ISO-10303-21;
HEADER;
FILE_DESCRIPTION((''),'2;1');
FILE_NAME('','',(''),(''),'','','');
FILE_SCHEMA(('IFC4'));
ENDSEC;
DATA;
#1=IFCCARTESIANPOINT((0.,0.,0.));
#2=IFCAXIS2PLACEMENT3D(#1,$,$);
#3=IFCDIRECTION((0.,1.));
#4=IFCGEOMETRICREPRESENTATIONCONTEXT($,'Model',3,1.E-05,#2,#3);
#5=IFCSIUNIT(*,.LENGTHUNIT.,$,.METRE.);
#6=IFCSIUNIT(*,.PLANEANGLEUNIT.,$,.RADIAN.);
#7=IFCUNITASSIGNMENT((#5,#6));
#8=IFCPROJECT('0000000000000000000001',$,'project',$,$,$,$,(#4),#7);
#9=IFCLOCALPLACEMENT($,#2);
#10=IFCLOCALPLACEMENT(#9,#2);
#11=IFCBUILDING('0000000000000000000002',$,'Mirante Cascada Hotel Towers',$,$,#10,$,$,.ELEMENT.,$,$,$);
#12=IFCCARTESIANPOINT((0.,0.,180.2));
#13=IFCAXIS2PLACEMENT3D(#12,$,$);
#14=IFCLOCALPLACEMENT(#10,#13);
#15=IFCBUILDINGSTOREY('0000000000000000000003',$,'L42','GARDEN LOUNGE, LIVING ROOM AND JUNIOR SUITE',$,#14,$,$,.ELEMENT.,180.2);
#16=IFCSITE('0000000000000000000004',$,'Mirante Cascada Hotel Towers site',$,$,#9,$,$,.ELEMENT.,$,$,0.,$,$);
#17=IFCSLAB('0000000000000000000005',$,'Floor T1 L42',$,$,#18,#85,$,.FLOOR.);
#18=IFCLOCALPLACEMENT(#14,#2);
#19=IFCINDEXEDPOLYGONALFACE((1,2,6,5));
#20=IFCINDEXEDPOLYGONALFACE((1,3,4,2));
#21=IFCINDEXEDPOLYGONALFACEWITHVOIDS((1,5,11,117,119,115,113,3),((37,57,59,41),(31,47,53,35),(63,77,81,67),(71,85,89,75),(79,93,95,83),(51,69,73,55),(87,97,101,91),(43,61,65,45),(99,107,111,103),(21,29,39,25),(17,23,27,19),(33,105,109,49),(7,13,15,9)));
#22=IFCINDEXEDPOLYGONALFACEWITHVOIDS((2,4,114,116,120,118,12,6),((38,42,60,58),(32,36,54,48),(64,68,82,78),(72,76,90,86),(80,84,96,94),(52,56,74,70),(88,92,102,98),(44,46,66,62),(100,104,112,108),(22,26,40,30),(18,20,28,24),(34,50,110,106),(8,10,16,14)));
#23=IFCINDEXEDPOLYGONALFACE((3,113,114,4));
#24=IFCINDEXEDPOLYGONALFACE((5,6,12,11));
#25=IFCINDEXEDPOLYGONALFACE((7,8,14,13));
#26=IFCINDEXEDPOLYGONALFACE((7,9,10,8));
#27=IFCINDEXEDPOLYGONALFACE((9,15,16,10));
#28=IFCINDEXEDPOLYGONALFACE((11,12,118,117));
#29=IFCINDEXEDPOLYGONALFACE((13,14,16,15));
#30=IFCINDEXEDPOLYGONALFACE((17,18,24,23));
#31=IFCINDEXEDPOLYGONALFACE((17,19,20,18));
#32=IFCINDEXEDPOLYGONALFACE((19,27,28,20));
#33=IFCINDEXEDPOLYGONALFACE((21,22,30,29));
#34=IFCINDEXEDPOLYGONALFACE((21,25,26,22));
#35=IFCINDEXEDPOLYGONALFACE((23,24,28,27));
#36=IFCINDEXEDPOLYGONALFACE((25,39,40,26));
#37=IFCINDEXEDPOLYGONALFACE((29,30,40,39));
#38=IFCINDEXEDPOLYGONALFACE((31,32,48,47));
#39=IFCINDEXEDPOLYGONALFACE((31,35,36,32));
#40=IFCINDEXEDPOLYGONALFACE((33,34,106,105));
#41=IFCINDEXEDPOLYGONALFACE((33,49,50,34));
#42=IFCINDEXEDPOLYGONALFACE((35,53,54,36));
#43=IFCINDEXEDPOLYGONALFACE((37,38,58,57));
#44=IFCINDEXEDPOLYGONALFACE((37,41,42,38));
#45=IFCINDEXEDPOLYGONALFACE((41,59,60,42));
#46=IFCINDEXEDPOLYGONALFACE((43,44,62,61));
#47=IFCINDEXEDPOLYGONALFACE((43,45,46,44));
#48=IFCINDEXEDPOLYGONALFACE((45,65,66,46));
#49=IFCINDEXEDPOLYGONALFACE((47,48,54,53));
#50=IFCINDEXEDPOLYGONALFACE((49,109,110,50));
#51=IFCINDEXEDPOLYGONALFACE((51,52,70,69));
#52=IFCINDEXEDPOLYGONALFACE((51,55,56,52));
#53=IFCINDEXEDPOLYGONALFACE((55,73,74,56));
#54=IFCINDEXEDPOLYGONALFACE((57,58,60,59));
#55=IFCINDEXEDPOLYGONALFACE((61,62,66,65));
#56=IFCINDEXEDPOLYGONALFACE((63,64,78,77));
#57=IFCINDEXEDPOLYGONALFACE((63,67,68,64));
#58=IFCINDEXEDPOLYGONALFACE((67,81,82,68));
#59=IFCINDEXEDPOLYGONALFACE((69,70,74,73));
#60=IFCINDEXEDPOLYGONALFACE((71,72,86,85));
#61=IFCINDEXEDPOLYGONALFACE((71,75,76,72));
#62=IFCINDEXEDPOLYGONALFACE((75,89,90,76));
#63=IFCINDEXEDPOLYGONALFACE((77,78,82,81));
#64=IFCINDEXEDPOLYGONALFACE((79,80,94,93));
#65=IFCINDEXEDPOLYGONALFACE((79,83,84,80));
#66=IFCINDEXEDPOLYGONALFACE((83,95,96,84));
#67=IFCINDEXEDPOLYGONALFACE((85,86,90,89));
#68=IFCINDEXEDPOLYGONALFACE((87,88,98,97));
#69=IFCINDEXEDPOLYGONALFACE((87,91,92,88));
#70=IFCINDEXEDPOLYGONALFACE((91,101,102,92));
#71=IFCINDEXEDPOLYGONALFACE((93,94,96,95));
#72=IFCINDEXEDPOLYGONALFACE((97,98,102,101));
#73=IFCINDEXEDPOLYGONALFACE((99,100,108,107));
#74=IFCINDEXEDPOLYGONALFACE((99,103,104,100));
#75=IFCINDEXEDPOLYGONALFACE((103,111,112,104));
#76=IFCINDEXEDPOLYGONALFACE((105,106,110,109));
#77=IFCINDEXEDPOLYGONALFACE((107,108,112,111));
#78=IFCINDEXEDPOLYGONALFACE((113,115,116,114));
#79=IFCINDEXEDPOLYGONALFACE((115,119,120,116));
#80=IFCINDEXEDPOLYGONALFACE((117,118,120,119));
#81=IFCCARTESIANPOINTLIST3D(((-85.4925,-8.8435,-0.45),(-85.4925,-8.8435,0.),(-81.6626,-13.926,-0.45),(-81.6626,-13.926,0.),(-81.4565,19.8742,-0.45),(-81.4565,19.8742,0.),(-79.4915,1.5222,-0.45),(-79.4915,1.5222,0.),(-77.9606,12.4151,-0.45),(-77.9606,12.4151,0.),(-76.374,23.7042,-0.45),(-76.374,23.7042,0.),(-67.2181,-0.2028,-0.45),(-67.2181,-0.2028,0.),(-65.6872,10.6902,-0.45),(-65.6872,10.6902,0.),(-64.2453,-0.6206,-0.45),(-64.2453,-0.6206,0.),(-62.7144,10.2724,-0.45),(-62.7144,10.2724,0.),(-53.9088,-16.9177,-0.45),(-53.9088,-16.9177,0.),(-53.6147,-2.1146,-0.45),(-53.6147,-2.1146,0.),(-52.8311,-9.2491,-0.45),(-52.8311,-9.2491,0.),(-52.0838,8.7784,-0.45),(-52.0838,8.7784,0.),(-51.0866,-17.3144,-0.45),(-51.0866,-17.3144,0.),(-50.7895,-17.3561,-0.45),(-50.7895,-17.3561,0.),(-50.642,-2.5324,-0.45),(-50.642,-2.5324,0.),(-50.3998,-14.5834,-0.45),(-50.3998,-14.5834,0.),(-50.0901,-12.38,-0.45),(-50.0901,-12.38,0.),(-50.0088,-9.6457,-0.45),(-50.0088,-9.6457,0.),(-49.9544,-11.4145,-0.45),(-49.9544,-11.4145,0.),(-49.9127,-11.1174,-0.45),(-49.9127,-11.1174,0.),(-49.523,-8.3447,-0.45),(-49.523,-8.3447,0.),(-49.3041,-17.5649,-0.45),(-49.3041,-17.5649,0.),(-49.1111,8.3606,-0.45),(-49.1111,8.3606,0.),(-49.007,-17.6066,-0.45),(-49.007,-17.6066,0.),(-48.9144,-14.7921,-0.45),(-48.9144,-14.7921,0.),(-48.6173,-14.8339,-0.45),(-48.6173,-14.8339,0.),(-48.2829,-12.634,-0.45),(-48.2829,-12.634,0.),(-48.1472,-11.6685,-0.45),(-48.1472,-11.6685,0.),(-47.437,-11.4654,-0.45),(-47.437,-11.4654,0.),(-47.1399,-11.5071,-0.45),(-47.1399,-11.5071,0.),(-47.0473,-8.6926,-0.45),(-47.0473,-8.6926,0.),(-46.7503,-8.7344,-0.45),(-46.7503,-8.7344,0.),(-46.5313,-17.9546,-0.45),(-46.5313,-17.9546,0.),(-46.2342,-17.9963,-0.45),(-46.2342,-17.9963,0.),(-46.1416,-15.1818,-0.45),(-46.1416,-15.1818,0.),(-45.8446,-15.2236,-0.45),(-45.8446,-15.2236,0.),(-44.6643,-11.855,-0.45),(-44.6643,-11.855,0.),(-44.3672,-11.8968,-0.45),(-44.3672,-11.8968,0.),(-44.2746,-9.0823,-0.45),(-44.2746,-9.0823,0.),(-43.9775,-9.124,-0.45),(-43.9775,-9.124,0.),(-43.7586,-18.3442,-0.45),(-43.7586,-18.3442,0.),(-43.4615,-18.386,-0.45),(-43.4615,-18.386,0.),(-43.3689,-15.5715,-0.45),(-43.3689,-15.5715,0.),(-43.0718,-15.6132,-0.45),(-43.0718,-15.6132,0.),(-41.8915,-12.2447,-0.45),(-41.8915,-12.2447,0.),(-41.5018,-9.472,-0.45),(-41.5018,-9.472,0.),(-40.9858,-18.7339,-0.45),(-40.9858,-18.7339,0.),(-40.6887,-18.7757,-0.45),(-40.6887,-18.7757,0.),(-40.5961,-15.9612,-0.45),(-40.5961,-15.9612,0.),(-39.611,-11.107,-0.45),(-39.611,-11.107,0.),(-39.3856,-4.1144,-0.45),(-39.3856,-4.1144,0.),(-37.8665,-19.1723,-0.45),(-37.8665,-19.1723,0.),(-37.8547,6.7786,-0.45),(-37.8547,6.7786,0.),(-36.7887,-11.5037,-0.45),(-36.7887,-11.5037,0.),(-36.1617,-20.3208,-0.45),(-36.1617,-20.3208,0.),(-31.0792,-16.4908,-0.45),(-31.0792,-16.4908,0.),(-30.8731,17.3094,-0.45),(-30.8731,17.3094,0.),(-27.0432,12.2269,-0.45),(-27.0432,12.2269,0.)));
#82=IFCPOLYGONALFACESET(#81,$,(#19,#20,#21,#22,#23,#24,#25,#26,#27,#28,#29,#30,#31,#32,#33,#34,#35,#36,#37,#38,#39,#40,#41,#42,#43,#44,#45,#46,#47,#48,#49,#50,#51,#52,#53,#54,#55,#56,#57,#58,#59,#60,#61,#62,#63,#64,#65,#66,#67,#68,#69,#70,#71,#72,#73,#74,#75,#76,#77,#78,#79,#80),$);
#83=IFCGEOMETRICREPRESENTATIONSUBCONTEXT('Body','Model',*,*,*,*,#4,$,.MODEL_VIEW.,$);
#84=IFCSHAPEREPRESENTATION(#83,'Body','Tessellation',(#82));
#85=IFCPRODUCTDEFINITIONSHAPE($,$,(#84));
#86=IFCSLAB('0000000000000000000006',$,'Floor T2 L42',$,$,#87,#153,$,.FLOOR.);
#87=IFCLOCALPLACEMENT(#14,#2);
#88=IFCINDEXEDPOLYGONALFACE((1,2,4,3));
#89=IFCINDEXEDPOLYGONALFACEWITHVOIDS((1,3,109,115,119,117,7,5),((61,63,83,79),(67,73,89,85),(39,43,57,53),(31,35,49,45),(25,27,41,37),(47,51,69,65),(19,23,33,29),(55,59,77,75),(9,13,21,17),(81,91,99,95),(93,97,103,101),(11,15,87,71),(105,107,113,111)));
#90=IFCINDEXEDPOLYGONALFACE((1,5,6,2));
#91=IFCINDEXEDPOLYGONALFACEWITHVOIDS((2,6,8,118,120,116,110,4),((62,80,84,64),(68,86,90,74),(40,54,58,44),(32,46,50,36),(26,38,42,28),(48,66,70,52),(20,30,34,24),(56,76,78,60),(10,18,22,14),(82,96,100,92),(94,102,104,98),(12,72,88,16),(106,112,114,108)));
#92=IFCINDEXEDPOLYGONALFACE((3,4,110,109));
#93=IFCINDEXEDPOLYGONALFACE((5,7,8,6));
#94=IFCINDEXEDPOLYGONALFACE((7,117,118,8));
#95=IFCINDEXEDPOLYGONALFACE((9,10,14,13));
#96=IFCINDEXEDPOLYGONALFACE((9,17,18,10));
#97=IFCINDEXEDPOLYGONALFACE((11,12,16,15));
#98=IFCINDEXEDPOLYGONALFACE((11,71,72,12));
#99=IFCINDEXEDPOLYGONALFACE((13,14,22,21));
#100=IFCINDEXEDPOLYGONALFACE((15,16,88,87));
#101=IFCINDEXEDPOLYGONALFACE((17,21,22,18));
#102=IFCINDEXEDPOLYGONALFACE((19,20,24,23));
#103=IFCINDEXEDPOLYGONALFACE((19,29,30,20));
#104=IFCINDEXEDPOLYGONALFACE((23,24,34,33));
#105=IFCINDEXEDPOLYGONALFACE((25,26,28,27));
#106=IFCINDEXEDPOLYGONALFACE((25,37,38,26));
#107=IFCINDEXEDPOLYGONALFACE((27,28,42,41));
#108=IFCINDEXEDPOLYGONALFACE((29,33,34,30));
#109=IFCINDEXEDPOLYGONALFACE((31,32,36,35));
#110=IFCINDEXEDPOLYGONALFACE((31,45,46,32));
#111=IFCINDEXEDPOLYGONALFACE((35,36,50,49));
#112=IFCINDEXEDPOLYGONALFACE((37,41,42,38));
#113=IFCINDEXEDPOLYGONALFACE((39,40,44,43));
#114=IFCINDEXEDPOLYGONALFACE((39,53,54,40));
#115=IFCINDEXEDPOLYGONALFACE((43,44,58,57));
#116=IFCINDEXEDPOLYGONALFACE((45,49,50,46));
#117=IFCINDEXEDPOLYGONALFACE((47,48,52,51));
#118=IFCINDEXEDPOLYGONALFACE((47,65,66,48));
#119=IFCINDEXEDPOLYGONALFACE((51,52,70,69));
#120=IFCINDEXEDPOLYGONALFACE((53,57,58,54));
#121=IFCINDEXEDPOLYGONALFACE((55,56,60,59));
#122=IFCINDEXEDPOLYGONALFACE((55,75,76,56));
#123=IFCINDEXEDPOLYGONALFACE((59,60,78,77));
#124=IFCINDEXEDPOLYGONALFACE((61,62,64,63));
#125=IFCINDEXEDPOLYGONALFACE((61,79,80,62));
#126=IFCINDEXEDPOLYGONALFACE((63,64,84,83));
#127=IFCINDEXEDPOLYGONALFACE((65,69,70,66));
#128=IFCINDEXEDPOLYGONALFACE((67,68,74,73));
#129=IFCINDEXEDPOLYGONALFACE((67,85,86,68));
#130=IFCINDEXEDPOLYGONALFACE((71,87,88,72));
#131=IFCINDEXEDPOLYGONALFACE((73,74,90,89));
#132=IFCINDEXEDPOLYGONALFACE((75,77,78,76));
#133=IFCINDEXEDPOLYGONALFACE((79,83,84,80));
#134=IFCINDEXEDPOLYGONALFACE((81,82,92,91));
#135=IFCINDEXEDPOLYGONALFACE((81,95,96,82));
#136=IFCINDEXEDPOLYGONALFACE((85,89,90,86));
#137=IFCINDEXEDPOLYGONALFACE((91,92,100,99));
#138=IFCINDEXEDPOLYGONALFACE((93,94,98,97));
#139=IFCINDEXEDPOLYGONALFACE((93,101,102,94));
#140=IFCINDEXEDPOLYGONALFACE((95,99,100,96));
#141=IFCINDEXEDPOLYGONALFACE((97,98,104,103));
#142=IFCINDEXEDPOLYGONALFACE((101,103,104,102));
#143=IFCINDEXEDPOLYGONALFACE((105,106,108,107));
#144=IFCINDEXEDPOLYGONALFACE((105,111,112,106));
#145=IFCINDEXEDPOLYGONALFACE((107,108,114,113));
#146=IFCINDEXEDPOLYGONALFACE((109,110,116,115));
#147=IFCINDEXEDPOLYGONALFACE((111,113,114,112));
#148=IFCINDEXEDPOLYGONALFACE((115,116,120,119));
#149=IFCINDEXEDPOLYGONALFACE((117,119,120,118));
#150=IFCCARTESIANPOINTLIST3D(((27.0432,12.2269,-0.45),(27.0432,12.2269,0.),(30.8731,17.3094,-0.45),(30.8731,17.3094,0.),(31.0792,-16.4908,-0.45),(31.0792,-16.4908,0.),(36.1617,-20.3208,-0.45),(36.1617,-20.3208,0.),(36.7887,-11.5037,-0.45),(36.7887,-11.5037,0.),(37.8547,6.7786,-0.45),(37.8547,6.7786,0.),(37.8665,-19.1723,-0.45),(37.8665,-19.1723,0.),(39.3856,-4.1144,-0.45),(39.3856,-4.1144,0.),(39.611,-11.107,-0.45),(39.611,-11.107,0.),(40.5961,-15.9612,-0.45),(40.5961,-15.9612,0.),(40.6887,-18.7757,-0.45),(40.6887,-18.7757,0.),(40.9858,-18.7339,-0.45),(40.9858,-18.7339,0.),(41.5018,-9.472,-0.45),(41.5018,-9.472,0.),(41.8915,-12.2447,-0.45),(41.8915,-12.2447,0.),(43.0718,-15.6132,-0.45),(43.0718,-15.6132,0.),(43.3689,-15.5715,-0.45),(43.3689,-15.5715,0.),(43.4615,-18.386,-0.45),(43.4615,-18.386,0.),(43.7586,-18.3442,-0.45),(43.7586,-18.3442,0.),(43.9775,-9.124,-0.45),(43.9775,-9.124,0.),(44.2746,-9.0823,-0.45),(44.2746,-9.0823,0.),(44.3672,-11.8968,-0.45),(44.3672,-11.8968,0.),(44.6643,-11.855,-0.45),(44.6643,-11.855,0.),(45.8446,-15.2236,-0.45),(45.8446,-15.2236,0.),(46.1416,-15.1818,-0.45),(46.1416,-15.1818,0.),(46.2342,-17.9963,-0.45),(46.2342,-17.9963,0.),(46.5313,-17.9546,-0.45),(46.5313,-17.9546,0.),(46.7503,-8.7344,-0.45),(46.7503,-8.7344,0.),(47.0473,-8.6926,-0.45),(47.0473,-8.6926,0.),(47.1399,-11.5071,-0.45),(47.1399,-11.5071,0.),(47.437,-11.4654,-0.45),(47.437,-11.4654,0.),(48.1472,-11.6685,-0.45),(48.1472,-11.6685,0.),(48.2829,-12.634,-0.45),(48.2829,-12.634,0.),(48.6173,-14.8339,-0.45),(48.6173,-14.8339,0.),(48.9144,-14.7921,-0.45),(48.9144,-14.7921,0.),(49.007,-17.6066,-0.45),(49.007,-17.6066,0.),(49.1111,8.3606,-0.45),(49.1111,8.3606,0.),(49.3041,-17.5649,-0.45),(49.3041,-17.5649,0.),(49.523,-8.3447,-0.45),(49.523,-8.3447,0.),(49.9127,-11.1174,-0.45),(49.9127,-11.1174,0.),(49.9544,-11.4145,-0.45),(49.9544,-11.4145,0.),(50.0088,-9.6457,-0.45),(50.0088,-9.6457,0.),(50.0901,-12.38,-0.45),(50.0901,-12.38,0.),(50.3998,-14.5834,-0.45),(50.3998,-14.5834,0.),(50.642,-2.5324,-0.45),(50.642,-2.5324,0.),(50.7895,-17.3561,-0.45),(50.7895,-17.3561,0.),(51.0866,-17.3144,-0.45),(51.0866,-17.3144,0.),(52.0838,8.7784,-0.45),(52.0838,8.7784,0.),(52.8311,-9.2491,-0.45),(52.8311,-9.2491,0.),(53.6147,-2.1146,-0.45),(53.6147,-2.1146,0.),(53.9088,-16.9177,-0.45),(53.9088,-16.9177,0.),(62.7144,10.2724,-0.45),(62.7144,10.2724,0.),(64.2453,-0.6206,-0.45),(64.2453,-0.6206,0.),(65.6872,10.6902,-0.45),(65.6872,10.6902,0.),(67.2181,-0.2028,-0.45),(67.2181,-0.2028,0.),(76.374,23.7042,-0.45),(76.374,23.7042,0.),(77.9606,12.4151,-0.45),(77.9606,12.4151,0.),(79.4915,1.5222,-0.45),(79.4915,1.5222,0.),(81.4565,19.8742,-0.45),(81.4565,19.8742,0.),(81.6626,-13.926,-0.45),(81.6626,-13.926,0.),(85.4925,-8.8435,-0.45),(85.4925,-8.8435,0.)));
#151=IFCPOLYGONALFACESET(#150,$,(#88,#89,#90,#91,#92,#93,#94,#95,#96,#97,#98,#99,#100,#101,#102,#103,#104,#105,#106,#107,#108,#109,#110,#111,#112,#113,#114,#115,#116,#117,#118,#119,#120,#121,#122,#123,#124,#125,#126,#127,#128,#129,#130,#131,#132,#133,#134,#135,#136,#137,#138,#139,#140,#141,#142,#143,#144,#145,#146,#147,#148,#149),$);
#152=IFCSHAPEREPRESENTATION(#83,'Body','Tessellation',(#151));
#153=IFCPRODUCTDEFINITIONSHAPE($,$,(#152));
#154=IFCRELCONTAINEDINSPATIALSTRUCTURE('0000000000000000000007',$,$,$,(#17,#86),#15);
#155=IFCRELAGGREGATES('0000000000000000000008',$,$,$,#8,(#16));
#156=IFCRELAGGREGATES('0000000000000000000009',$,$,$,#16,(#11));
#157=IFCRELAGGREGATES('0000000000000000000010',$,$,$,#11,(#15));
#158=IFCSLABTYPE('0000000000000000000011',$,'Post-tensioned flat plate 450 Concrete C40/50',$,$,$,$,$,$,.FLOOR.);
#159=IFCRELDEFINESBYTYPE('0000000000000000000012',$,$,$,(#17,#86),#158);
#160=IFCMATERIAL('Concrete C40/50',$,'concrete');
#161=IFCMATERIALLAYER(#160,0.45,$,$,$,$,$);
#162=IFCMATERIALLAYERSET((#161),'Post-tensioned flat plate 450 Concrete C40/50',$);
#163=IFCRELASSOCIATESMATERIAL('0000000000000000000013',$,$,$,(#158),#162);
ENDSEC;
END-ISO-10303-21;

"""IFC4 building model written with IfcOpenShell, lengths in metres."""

from ifc_helpers import new_model, si_unit, direction, frame, origin, place, context, subcontext, project, spatial, polyline, outline, extrude, material, layer, layer_set, type_object, element, save


model = new_model("IFC4")

# Units and contexts
model_context = context("Model", 3, precision=1e-05, world=origin(), true_north=direction((0.0, 1.0)))
body_context = subcontext(model_context, "Body", "Model", "MODEL_VIEW")
ifc_project = project(units=[si_unit("LENGTHUNIT", "METRE"), si_unit("PLANEANGLEUNIT", "RADIAN")], contexts=[model_context])

# Site, building, storey
site_placement = place(None, origin())
site = spatial("IfcSite", under=ifc_project, at=site_placement, Name="Mirante Cascada Hotel Towers site", CompositionType="ELEMENT", RefElevation=0.0)
building_placement = place(site_placement, origin())
building = spatial("IfcBuilding", under=site, at=building_placement, Name="Mirante Cascada Hotel Towers", CompositionType="ELEMENT")
storey_placement = place(building_placement, frame((0.0, 0.0, 180.2)))
storey = spatial("IfcBuildingStorey", under=building, at=storey_placement, Name="L42", Description="GARDEN LOUNGE, LIVING ROOM AND JUNIOR SUITE", CompositionType="ELEMENT", Elevation=180.2)

# Slabs
ifc_material_1 = material(Name="Concrete C40/50", Category="concrete")
ifc_layer_1 = layer(ifc_material_1, 0.45)
ifc_layer_set_1 = layer_set([ifc_layer_1], Name="Post-tensioned flat plate 450 Concrete C40/50")
slab_type_1 = type_object("IfcSlabType", Name="Post-tensioned flat plate 450 Concrete C40/50", PredefinedType="FLOOR", material=ifc_layer_set_1)
slab_1_placement = place(storey_placement, frame((0.0, 0.0, -0.45)))
element("IfcSlab", 1, at=slab_1_placement, inside=storey, type_object=slab_type_1, Name="Floor T1 L42", PredefinedType="FLOOR", context=body_context, shape_type="SweptSolid", body=[
    extrude(outline(polyline([(-31.0792, -16.4908), (-27.0432, 12.2269), (-30.8731, 17.3094), (-76.374, 23.7042), (-76.374, 23.7042), (-76.374, 23.7042), (-76.374, 23.7042), (-76.374, 23.7042), (-76.374, 23.7042), (-76.374, 23.7042), (-76.374, 23.7042), (-76.374, 23.7042), (-81.4565, 19.8742), (-85.4925, -8.8435), (-81.6626, -13.926), (-81.6626, -13.926), (-81.6626, -13.926), (-81.6626, -13.926), (-81.6626, -13.926), (-81.6626, -13.926), (-81.6626, -13.926), (-81.6626, -13.926), (-81.6626, -13.926), (-36.1617, -20.3208), (-31.0792, -16.4908)]), holes=[polyline([(-40.5961, -15.9612), (-40.9858, -18.7339), (-43.4615, -18.386), (-43.0718, -15.6132), (-40.5961, -15.9612)]), polyline([(-43.3689, -15.5715), (-43.7586, -18.3442), (-46.2342, -17.9963), (-45.8446, -15.2236), (-43.3689, -15.5715)]), polyline([(-46.1416, -15.1818), (-46.5313, -17.9546), (-49.007, -17.6066), (-48.6173, -14.8339), (-46.1416, -15.1818)]), polyline([(-36.7887, -11.5037), (-37.8665, -19.1723), (-40.6887, -18.7757), (-39.611, -11.107), (-36.7887, -11.5037)]), polyline([(-43.9775, -9.124), (-41.5018, -9.472), (-41.8915, -12.2447), (-44.3672, -11.8968), (-43.9775, -9.124)]), polyline([(-44.2746, -9.0823), (-44.6643, -11.855), (-47.1399, -11.5071), (-46.7503, -8.7344), (-44.2746, -9.0823)]), polyline([(-50.3998, -14.5834), (-48.9144, -14.7921), (-49.3041, -17.5649), (-50.7895, -17.3561), (-50.3998, -14.5834)]), polyline([(-50.0088, -9.6457), (-51.0866, -17.3144), (-53.9088, -16.9177), (-52.8311, -9.2491), (-50.0088, -9.6457)]), polyline([(-48.1472, -11.6685), (-48.2829, -12.634), (-50.0901, -12.38), (-49.9544, -11.4145), (-48.1472, -11.6685)]), polyline([(-49.523, -8.3447), (-47.0473, -8.6926), (-47.437, -11.4654), (-49.9127, -11.1174), (-49.523, -8.3447)]), polyline([(-65.6872, 10.6902), (-65.6872, 10.6902), (-67.2181, -0.2028), (-67.2181, -0.2028), (-79.4915, 1.5222), (-77.9606, 12.4151), (-65.6872, 10.6902)]), polyline([(-52.0838, 8.7784), (-53.6147, -2.1146), (-53.6147, -2.1146), (-64.2453, -0.6206), (-64.2453, -0.6206), (-62.7144, 10.2724), (-62.7144, 10.2724), (-52.0838, 8.7784)]), polyline([(-37.8547, 6.7786), (-39.3856, -4.1144), (-50.642, -2.5324), (-50.642, -2.5324), (-49.1111, 8.3606), (-37.8547, 6.7786)])]), origin(), (0.0, 0.0, 1.0), 0.45),
])
slab_2_placement = place(storey_placement, frame((0.0, 0.0, -0.45)))
element("IfcSlab", 2, at=slab_2_placement, inside=storey, type_object=slab_type_1, Name="Floor T2 L42", PredefinedType="FLOOR", context=body_context, shape_type="SweptSolid", body=[
    extrude(outline(polyline([(31.0792, -16.4908), (27.0432, 12.2269), (30.8731, 17.3094), (76.374, 23.7042), (76.374, 23.7042), (76.374, 23.7042), (76.374, 23.7042), (76.374, 23.7042), (76.374, 23.7042), (76.374, 23.7042), (76.374, 23.7042), (76.374, 23.7042), (81.4565, 19.8742), (85.4925, -8.8435), (81.6626, -13.926), (81.6626, -13.926), (81.6626, -13.926), (81.6626, -13.926), (81.6626, -13.926), (81.6626, -13.926), (81.6626, -13.926), (81.6626, -13.926), (81.6626, -13.926), (36.1617, -20.3208), (31.0792, -16.4908)]), holes=[polyline([(40.5961, -15.9612), (40.9858, -18.7339), (43.4615, -18.386), (43.0718, -15.6132), (40.5961, -15.9612)]), polyline([(43.3689, -15.5715), (43.7586, -18.3442), (46.2342, -17.9963), (45.8446, -15.2236), (43.3689, -15.5715)]), polyline([(46.1416, -15.1818), (46.5313, -17.9546), (49.007, -17.6066), (48.6173, -14.8339), (46.1416, -15.1818)]), polyline([(37.8665, -19.1723), (40.6887, -18.7757), (39.611, -11.107), (36.7887, -11.5037), (37.8665, -19.1723)]), polyline([(43.9775, -9.124), (41.5018, -9.472), (41.8915, -12.2447), (44.3672, -11.8968), (43.9775, -9.124)]), polyline([(44.2746, -9.0823), (44.6643, -11.855), (47.1399, -11.5071), (46.7503, -8.7344), (44.2746, -9.0823)]), polyline([(50.3998, -14.5834), (48.9144, -14.7921), (49.3041, -17.5649), (50.7895, -17.3561), (50.3998, -14.5834)]), polyline([(51.0866, -17.3144), (53.9088, -16.9177), (52.8311, -9.2491), (50.0088, -9.6457), (51.0866, -17.3144)]), polyline([(48.1472, -11.6685), (48.2829, -12.634), (50.0901, -12.38), (49.9544, -11.4145), (48.1472, -11.6685)]), polyline([(49.523, -8.3447), (47.0473, -8.6926), (47.437, -11.4654), (49.9127, -11.1174), (49.523, -8.3447)]), polyline([(77.9606, 12.4151), (79.4915, 1.5222), (67.2181, -0.2028), (67.2181, -0.2028), (65.6872, 10.6902), (65.6872, 10.6902), (77.9606, 12.4151)]), polyline([(62.7144, 10.2724), (62.7144, 10.2724), (64.2453, -0.6206), (64.2453, -0.6206), (53.6147, -2.1146), (53.6147, -2.1146), (52.0838, 8.7784), (62.7144, 10.2724)]), polyline([(39.3856, -4.1144), (37.8547, 6.7786), (49.1111, 8.3606), (50.642, -2.5324), (50.642, -2.5324), (39.3856, -4.1144)])]), origin(), (0.0, 0.0, 1.0), 0.45),
])

save(model, "model.ifc")
